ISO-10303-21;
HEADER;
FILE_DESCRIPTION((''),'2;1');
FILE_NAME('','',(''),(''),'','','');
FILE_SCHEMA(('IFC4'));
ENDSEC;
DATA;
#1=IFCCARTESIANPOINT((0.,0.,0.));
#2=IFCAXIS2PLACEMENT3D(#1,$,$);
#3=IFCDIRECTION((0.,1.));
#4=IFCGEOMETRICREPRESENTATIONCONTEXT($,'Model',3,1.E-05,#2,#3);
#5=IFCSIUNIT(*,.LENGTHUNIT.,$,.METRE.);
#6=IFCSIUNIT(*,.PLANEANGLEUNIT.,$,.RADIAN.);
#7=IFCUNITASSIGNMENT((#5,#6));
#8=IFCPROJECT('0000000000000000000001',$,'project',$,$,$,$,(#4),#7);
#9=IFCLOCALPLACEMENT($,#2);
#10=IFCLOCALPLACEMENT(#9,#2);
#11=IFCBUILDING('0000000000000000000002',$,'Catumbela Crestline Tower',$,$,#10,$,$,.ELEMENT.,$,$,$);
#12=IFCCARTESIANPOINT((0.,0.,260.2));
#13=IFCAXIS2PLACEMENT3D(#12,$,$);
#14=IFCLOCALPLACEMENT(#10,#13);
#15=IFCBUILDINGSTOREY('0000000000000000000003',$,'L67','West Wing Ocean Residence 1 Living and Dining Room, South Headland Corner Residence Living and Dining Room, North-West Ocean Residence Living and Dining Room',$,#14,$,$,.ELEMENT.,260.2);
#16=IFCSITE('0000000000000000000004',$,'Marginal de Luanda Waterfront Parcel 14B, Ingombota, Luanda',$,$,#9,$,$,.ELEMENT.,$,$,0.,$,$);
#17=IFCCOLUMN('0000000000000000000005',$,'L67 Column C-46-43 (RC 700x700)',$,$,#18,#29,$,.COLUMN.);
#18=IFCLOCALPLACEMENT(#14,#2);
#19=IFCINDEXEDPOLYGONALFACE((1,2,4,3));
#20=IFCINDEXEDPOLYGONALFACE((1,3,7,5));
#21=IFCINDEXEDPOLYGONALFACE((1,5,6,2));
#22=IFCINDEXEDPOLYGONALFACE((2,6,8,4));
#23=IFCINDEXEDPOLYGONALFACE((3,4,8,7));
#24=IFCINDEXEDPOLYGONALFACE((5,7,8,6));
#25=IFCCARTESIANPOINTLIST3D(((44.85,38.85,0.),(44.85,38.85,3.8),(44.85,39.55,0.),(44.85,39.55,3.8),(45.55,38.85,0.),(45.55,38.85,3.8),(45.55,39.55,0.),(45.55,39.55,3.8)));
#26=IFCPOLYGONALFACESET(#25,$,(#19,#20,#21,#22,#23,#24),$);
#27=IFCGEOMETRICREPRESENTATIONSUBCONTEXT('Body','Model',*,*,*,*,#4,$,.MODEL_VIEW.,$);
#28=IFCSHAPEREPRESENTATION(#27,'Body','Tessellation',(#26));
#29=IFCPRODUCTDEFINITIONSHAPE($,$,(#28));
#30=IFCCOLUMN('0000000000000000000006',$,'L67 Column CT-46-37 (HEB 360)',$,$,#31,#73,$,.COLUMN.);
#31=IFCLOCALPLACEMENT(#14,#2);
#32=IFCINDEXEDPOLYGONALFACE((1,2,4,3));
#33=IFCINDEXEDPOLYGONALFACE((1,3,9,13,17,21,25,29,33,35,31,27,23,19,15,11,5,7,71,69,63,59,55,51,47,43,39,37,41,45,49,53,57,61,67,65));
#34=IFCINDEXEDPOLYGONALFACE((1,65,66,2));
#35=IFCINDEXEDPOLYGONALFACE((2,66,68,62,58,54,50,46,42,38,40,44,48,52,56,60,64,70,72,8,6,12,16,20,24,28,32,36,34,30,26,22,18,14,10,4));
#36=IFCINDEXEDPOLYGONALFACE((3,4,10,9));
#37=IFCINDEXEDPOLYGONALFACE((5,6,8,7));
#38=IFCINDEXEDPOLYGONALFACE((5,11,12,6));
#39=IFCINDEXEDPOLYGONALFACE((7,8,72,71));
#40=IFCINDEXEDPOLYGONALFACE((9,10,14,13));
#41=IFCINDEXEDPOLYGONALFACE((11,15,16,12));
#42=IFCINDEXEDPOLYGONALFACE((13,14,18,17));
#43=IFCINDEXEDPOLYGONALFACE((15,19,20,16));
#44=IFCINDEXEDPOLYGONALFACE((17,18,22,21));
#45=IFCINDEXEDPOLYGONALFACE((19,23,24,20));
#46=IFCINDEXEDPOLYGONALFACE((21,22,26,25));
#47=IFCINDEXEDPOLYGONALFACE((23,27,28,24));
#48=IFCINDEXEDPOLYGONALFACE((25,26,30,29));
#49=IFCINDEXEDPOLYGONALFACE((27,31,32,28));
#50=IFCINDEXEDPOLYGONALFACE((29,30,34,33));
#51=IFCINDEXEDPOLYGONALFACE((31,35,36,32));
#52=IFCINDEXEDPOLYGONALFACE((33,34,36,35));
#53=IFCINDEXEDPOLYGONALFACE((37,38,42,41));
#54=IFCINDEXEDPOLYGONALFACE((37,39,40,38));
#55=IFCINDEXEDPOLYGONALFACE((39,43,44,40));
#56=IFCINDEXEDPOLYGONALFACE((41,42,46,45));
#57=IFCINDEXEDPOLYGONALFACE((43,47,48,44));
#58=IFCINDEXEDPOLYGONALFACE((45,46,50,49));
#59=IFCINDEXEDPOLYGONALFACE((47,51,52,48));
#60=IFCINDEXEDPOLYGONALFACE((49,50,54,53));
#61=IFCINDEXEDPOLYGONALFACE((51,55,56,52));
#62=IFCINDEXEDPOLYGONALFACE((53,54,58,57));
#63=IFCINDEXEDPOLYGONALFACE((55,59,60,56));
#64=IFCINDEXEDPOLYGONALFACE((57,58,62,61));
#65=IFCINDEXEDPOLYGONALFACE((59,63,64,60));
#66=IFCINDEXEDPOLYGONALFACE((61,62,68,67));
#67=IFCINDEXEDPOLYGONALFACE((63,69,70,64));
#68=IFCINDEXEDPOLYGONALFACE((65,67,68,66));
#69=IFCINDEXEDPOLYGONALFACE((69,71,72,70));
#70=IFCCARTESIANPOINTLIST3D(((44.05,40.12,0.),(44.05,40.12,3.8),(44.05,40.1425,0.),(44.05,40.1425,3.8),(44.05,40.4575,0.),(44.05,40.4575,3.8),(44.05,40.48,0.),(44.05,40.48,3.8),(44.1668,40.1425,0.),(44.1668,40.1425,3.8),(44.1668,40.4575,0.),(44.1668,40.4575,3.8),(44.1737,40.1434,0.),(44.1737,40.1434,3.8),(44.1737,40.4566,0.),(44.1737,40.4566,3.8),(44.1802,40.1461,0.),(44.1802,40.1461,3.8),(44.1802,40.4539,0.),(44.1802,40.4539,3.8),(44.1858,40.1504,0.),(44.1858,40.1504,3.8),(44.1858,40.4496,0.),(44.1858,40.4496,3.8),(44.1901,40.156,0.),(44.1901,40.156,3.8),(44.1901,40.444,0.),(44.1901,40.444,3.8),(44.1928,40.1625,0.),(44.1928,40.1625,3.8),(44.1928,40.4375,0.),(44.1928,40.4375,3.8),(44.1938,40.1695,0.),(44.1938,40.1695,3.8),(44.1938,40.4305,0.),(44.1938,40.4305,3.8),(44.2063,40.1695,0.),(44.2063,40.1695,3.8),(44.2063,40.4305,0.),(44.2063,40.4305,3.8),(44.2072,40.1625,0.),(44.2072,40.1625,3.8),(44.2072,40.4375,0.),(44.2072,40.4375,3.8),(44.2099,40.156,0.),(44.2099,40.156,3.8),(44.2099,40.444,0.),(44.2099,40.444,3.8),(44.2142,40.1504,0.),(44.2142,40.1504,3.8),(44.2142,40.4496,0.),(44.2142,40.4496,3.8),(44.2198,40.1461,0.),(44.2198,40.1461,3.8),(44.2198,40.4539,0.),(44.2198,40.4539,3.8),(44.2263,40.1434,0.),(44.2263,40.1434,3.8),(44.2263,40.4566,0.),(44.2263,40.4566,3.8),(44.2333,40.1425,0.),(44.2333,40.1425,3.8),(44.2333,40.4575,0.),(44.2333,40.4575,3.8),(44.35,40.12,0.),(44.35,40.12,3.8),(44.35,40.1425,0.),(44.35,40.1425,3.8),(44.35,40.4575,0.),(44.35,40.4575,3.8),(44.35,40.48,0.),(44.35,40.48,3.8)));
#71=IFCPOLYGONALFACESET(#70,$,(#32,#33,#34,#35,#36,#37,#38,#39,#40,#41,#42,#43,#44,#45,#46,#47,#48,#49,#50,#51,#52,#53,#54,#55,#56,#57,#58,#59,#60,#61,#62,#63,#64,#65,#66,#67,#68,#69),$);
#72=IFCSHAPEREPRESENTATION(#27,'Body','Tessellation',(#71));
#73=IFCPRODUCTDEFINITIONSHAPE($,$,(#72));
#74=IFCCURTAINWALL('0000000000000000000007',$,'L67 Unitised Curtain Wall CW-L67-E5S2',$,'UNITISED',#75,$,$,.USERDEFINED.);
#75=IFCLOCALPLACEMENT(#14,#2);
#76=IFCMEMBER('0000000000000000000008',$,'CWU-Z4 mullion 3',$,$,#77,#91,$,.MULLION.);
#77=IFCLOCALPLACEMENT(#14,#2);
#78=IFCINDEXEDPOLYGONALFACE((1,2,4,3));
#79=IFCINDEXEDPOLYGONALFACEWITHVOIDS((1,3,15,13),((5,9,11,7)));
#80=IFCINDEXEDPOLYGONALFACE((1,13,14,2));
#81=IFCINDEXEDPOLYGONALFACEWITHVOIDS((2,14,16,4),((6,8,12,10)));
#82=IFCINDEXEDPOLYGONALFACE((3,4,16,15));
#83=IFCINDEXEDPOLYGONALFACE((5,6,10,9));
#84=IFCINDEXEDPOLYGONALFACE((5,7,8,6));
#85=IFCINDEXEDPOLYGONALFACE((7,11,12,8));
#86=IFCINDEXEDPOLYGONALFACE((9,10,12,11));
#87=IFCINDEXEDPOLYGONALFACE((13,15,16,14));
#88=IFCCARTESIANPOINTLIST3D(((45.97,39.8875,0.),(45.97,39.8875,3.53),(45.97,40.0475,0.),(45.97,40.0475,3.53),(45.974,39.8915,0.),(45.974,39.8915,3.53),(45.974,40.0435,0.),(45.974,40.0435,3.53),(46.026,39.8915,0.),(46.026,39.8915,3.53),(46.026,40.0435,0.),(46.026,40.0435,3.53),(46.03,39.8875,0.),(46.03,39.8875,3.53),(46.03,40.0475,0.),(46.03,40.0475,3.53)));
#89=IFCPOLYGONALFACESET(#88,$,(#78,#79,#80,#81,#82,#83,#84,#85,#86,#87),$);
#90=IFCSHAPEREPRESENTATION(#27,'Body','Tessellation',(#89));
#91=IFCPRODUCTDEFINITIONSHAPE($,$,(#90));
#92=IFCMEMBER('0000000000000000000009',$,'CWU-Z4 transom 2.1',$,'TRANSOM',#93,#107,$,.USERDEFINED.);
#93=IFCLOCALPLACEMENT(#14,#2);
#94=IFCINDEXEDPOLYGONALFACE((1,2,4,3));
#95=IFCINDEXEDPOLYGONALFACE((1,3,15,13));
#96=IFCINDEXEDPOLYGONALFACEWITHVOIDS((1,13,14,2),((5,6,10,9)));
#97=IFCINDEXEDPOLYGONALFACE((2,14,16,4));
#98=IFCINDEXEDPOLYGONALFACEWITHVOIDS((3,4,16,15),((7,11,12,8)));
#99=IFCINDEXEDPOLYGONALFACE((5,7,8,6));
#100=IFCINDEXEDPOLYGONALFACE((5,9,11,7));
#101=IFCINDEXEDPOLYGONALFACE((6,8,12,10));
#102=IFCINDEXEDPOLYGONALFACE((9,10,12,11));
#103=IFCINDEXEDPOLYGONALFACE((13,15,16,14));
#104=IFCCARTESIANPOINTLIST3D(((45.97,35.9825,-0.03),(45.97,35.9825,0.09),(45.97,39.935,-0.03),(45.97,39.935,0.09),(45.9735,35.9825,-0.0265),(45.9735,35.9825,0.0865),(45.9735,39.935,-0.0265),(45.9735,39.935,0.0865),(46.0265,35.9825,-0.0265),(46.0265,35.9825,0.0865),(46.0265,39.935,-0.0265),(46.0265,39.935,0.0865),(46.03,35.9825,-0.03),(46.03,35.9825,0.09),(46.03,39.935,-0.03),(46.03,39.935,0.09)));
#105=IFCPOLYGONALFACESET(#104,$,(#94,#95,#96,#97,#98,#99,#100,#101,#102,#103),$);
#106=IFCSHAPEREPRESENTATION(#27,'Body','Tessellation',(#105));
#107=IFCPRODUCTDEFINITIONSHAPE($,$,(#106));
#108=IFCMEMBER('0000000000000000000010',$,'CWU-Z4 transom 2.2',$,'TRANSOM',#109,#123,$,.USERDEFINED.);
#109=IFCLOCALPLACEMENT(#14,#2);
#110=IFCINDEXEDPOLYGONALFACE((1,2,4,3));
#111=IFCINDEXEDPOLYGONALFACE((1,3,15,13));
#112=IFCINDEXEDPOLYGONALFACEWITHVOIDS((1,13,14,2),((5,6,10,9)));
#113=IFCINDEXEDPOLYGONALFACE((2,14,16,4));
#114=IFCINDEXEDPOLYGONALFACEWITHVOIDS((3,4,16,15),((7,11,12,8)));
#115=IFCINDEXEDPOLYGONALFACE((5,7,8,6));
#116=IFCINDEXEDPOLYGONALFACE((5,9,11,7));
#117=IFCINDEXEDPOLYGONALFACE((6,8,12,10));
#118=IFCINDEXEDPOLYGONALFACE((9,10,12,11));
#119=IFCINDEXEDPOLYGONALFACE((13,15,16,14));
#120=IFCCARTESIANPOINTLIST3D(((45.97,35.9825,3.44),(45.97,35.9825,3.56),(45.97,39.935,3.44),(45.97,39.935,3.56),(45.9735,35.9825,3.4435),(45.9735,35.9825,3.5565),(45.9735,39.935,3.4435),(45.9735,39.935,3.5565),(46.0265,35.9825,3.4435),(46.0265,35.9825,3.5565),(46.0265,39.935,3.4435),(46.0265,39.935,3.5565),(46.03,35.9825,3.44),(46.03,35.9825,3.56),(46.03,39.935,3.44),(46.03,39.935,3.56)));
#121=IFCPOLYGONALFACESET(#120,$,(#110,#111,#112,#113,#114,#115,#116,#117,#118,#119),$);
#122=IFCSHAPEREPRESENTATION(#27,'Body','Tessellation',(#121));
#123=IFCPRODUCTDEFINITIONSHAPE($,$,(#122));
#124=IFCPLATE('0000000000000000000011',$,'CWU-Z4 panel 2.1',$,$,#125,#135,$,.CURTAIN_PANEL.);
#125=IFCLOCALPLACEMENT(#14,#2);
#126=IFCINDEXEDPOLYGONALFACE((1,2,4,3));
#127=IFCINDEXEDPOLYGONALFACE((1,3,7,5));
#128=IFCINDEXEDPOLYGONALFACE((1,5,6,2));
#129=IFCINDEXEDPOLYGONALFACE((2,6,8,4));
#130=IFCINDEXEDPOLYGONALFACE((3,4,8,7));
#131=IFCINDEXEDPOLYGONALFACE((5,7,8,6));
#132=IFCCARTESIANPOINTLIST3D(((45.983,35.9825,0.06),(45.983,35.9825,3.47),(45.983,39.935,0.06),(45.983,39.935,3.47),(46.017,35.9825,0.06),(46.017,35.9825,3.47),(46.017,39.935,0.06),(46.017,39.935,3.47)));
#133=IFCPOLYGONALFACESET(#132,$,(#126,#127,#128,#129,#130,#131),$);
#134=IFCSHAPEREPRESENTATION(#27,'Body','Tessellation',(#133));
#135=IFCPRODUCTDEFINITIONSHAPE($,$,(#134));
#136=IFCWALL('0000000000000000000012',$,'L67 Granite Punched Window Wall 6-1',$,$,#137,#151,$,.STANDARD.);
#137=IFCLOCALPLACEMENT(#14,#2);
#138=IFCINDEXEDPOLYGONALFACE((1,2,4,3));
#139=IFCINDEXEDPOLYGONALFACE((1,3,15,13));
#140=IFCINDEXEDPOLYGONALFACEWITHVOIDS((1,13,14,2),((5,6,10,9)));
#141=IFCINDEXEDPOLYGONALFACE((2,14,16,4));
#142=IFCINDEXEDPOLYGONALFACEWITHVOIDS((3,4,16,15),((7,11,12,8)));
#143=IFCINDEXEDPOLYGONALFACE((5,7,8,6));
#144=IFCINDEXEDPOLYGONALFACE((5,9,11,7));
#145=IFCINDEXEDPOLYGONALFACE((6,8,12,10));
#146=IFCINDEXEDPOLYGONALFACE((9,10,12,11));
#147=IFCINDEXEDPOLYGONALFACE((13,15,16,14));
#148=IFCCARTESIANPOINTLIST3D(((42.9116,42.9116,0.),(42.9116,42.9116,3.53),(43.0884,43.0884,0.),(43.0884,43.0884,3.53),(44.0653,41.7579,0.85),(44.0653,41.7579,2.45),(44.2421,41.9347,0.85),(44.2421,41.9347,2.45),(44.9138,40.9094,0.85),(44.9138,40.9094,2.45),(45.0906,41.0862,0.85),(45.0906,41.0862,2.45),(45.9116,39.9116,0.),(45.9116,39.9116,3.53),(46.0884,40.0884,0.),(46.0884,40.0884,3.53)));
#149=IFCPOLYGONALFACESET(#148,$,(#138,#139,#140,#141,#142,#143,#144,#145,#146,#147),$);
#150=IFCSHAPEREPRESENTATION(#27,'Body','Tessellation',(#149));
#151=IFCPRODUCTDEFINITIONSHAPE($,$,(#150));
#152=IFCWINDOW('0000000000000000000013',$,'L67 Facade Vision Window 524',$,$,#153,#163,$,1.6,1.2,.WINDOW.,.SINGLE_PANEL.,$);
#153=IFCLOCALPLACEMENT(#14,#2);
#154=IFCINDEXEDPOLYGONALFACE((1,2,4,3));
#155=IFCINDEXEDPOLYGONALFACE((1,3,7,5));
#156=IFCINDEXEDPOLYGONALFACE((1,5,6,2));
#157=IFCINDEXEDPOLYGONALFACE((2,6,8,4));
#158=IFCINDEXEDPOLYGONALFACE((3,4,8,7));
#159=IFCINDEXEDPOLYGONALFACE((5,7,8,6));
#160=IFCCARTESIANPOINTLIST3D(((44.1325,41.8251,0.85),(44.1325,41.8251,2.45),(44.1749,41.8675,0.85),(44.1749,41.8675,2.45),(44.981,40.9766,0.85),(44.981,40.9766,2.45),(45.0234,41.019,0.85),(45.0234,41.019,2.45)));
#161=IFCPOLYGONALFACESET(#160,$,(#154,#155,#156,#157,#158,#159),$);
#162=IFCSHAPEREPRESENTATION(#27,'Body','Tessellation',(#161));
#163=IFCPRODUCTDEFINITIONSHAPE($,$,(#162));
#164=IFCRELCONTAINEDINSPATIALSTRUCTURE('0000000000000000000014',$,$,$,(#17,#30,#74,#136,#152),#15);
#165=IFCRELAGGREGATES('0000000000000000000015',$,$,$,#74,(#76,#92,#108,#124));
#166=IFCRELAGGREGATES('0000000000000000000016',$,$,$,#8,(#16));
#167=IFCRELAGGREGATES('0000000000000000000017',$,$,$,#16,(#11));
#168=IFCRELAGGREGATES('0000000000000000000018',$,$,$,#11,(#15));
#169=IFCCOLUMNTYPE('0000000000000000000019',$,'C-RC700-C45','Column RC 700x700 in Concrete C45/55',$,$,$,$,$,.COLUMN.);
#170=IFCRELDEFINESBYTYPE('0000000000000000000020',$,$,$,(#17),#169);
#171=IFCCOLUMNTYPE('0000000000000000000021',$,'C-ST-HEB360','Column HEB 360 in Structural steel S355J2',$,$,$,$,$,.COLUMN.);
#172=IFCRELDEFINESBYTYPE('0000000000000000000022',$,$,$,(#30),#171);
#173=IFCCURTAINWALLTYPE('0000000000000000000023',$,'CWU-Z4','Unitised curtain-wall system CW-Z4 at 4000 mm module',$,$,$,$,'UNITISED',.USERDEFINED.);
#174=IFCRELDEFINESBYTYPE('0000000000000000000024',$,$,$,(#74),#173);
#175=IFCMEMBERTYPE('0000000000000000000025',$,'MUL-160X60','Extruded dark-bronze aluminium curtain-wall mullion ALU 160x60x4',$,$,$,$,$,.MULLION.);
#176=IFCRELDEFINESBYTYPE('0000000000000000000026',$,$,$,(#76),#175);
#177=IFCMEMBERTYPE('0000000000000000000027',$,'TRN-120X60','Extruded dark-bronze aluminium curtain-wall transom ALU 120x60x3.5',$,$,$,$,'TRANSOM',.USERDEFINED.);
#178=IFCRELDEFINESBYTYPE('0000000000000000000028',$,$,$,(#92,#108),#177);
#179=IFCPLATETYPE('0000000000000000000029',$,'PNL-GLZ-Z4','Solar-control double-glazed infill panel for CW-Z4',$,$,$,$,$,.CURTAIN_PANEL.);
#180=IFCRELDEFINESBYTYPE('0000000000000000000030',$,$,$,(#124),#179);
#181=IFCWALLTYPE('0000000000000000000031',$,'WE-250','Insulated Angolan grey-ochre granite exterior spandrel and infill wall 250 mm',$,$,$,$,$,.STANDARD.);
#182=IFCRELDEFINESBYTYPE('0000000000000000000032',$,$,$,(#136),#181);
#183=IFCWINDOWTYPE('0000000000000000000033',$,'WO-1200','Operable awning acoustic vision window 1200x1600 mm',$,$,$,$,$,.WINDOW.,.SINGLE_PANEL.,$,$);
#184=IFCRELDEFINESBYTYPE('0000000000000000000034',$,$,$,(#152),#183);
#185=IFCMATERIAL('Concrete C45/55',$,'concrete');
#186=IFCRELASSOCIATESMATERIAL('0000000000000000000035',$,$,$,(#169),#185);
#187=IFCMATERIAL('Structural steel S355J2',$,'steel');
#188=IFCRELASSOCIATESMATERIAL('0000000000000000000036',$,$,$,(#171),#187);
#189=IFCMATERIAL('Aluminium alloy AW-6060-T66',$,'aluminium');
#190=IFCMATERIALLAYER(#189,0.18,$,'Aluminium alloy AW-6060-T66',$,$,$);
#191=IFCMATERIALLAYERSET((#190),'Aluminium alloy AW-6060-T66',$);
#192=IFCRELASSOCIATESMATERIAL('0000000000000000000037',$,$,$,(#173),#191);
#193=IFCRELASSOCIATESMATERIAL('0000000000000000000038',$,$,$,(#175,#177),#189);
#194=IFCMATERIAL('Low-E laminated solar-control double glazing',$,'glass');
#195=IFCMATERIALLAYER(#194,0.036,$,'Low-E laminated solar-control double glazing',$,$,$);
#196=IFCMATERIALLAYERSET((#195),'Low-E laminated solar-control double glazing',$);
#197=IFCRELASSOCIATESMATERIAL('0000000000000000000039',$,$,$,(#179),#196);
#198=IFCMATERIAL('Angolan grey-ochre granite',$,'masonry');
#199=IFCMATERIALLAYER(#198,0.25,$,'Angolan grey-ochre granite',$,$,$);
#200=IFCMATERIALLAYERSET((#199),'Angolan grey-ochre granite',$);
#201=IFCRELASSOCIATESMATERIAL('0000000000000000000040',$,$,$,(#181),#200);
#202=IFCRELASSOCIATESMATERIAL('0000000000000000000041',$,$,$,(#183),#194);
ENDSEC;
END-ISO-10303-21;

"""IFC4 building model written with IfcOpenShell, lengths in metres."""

from ifc_helpers import new_model, si_unit, direction, frame, frame_2d, origin, origin_2d, place, context, subcontext, project, spatial, rectangle, hollow_rectangle, i_section, extrude, material, layer, layer_set, material_profile, profile_set, type_object, element, fill, aggregate, save


model = new_model("IFC4")

# Units and contexts
model_context = context("Model", 3, precision=1e-05, world=origin(), true_north=direction((0.0, 1.0)))
body_context = subcontext(model_context, "Body", "Model", "MODEL_VIEW")
ifc_project = project(units=[si_unit("LENGTHUNIT", "METRE"), si_unit("PLANEANGLEUNIT", "RADIAN")], contexts=[model_context])

# Site, building, storey
site_placement = place(None, origin())
site = spatial("IfcSite", under=ifc_project, at=site_placement, Name="Marginal de Luanda Waterfront Parcel 14B, Ingombota, Luanda", CompositionType="ELEMENT", RefElevation=0.0)
building_placement = place(site_placement, origin())
building = spatial("IfcBuilding", under=site, at=building_placement, Name="Catumbela Crestline Tower", CompositionType="ELEMENT")
storey_placement = place(building_placement, frame((0.0, 0.0, 260.2)))
storey = spatial("IfcBuildingStorey", under=building, at=storey_placement, Name="L67", Description="West Wing Ocean Residence 1 Living and Dining Room, South Headland Corner Residence Living and Dining Room, North-West Ocean Residence Living and Dining Room", CompositionType="ELEMENT", Elevation=260.2)

# Columns
ifc_material_1 = material(Name="Concrete C45/55", Category="concrete")
ifc_material_profile_1 = material_profile(ifc_material_1, rectangle(XDim=0.7, YDim=0.7, at=origin_2d()), Name="RC 700x700")
ifc_profile_set_1 = profile_set([ifc_material_profile_1], Name="Concrete C45/55")
column_type_1 = type_object("IfcColumnType", Name="C-RC700-C45", Description="Column RC 700x700 in Concrete C45/55", PredefinedType="COLUMN", material=ifc_profile_set_1)
column_1_placement = place(storey_placement, frame((45.2, 39.2, 0.0), z_axis=(0.0, 0.0, 1.0), x_axis=(1.0, 0.0, 0.0)))
element("IfcColumn", 1, at=column_1_placement, inside=storey, type_object=column_type_1, Name="L67 Column C-46-43 (RC 700x700)", PredefinedType="COLUMN", context=body_context, shape_type="SweptSolid", body=[
    extrude(rectangle(XDim=0.7, YDim=0.7, at=origin_2d()), origin(), (0.0, 0.0, 1.0), 3.8),
])
ifc_material_2 = material(Name="Structural steel S355J2", Category="steel")
ifc_material_profile_2 = material_profile(ifc_material_2, i_section(OverallWidth=0.3, OverallDepth=0.36, WebThickness=0.0125, FlangeThickness=0.0225, FilletRadius=0.027, at=origin_2d()), Name="HEB 360")
ifc_profile_set_2 = profile_set([ifc_material_profile_2], Name="Structural steel S355J2")
column_type_2 = type_object("IfcColumnType", Name="C-ST-HEB360", Description="Column HEB 360 in Structural steel S355J2", PredefinedType="COLUMN", material=ifc_profile_set_2)
column_2_placement = place(storey_placement, frame((44.2, 40.3, 0.0), z_axis=(0.0, 0.0, 1.0), x_axis=(1.0, 0.0, 0.0)))
element("IfcColumn", 2, at=column_2_placement, inside=storey, type_object=column_type_2, Name="L67 Column CT-46-37 (HEB 360)", PredefinedType="COLUMN", context=body_context, shape_type="SweptSolid", body=[
    extrude(i_section(OverallWidth=0.3, OverallDepth=0.36, WebThickness=0.0125, FlangeThickness=0.0225, FilletRadius=0.027, at=origin_2d()), origin(), (0.0, 0.0, 1.0), 3.8),
])

# Curtain wall, members, plate
ifc_material_3 = material(Name="Aluminium alloy AW-6060-T66", Category="aluminium")
ifc_layer_1 = layer(ifc_material_3, 0.18, Name="Aluminium alloy AW-6060-T66")
ifc_layer_set_1 = layer_set([ifc_layer_1], Name="Aluminium alloy AW-6060-T66")
curtain_wall_type = type_object("IfcCurtainWallType", Name="CWU-Z4", Description="Unitised curtain-wall system CW-Z4 at 4000 mm module", ElementType="UNITISED", PredefinedType="USERDEFINED", material=ifc_layer_set_1)
curtain_wall_placement = place(storey_placement, origin())
curtain_wall = element("IfcCurtainWall", 3, at=curtain_wall_placement, inside=storey, type_object=curtain_wall_type, Name="L67 Unitised Curtain Wall CW-L67-E5S2", ObjectType="UNITISED", PredefinedType="USERDEFINED")
ifc_material_profile_3 = material_profile(ifc_material_3, hollow_rectangle(XDim=0.06, YDim=0.16, WallThickness=0.004, at=origin_2d()), Name="ALU 160x60x4")
ifc_profile_set_3 = profile_set([ifc_material_profile_3], Name="Aluminium alloy AW-6060-T66")
member_type_1 = type_object("IfcMemberType", Name="MUL-160X60", Description="Extruded dark-bronze aluminium curtain-wall mullion ALU 160x60x4", PredefinedType="MULLION", material=ifc_profile_set_3)
member_1_placement = place(storey_placement, frame((46.0, 39.9675, 0.0), z_axis=(0.0, 0.0, 1.0), x_axis=(-1.0, 0.0, 0.0)))
member_1 = element("IfcMember", 4, at=member_1_placement, type_object=member_type_1, Name="CWU-Z4 mullion 3", PredefinedType="MULLION", context=body_context, shape_type="SweptSolid", body=[
    extrude(hollow_rectangle(XDim=0.06, YDim=0.16, WallThickness=0.004, at=origin_2d()), origin(), (0.0, 0.0, 1.0), 3.53),
])
ifc_material_profile_4 = material_profile(ifc_material_3, hollow_rectangle(XDim=0.06, YDim=0.12, WallThickness=0.0035, at=origin_2d()), Name="ALU 120x60x3.5")
ifc_profile_set_4 = profile_set([ifc_material_profile_4], Name="Aluminium alloy AW-6060-T66")
member_type_2 = type_object("IfcMemberType", Name="TRN-120X60", Description="Extruded dark-bronze aluminium curtain-wall transom ALU 120x60x3.5", ElementType="TRANSOM", PredefinedType="USERDEFINED", material=ifc_profile_set_4)
member_2_placement = place(storey_placement, frame((46.0, 35.9825, 0.03), z_axis=(0.0, 1.0, 0.0), x_axis=(-1.0, 0.0, 0.0)))
member_2 = element("IfcMember", 5, at=member_2_placement, type_object=member_type_2, Name="CWU-Z4 transom 2.1", ObjectType="TRANSOM", PredefinedType="USERDEFINED", context=body_context, shape_type="SweptSolid", body=[
    extrude(hollow_rectangle(XDim=0.06, YDim=0.12, WallThickness=0.0035, at=origin_2d()), origin(), (0.0, 0.0, 1.0), 3.9525),
])
member_3_placement = place(storey_placement, frame((46.0, 35.9825, 3.5), z_axis=(0.0, 1.0, 0.0), x_axis=(-1.0, 0.0, 0.0)))
member_3 = element("IfcMember", 6, at=member_3_placement, type_object=member_type_2, Name="CWU-Z4 transom 2.2", ObjectType="TRANSOM", PredefinedType="USERDEFINED", context=body_context, shape_type="SweptSolid", body=[
    extrude(hollow_rectangle(XDim=0.06, YDim=0.12, WallThickness=0.0035, at=origin_2d()), origin(), (0.0, 0.0, 1.0), 3.9525),
])
ifc_material_4 = material(Name="Low-E laminated solar-control double glazing", Category="glass")
ifc_layer_2 = layer(ifc_material_4, 0.036, Name="Low-E laminated solar-control double glazing")
ifc_layer_set_2 = layer_set([ifc_layer_2], Name="Low-E laminated solar-control double glazing")
plate_type = type_object("IfcPlateType", Name="PNL-GLZ-Z4", Description="Solar-control double-glazed infill panel for CW-Z4", PredefinedType="CURTAIN_PANEL", material=ifc_layer_set_2)
plate_placement = place(storey_placement, frame((46.0, 37.9588, 0.06), z_axis=(0.0, 0.0, 1.0), x_axis=(0.0, 1.0, 0.0)))
plate = element("IfcPlate", 7, at=plate_placement, type_object=plate_type, Name="CWU-Z4 panel 2.1", PredefinedType="CURTAIN_PANEL", context=body_context, shape_type="SweptSolid", body=[
    extrude(rectangle(XDim=3.9525, YDim=0.034, at=origin_2d()), origin(), (0.0, 0.0, 1.0), 3.41),
])
aggregate(curtain_wall, [member_1, member_2, member_3, plate])

# Wall, opening, window
ifc_material_5 = material(Name="Angolan grey-ochre granite", Category="masonry")
ifc_layer_3 = layer(ifc_material_5, 0.25, Name="Angolan grey-ochre granite")
ifc_layer_set_3 = layer_set([ifc_layer_3], Name="Angolan grey-ochre granite")
wall_type_1 = type_object("IfcWallType", Name="WE-250", Description="Insulated Angolan grey-ochre granite exterior spandrel and infill wall 250 mm", PredefinedType="STANDARD", material=ifc_layer_set_3)
wall_1_placement = place(storey_placement, frame((46.0, 40.0, 0.0), z_axis=(0.0, 0.0, 1.0), x_axis=(-0.707107, 0.707107, 0.0)))
wall_1 = element("IfcWall", 8, at=wall_1_placement, inside=storey, type_object=wall_type_1, Name="L67 Granite Punched Window Wall 6-1", PredefinedType="STANDARD", context=body_context, shape_type="SweptSolid", body=[
    extrude(rectangle(XDim=4.2426, YDim=0.25, at=frame_2d((2.1213, 0.0))), origin(), (0.0, 0.0, 1.0), 3.53),
])
opening_1_placement = place(wall_1_placement, frame((1.4111, 0.0, 0.85)))
opening_1 = element("IfcOpeningElement", 9, at=opening_1_placement, cuts=wall_1, PredefinedType="OPENING", context=body_context, shape_type="SweptSolid", body=[
    extrude(rectangle(XDim=1.2, YDim=1.6, at=frame_2d((0.6, 0.8))), frame((0.0, 0.135, 0.0), z_axis=(0.0, -1.0, 0.0), x_axis=(1.0, 0.0, 0.0)), (0.0, 0.0, 1.0), 0.27),
])
window_type = type_object("IfcWindowType", Name="WO-1200", Description="Operable awning acoustic vision window 1200x1600 mm", PartitioningType="SINGLE_PANEL", PredefinedType="WINDOW", material=ifc_material_4)
window_1_placement = place(opening_1_placement, origin())
window_1 = element("IfcWindow", 10, at=window_1_placement, inside=storey, type_object=window_type, Name="L67 Facade Vision Window 524", OverallHeight=1.6, OverallWidth=1.2, PartitioningType="SINGLE_PANEL", PredefinedType="WINDOW", context=body_context, shape_type="SweptSolid", body=[
    extrude(rectangle(XDim=1.2, YDim=1.6, at=frame_2d((0.6, 0.8))), frame((0.0, 0.03, 0.0), z_axis=(0.0, -1.0, 0.0), x_axis=(1.0, 0.0, 0.0)), (0.0, 0.0, 1.0), 0.06),
])
fill(opening_1, window_1)

save(model, "model.ifc")
